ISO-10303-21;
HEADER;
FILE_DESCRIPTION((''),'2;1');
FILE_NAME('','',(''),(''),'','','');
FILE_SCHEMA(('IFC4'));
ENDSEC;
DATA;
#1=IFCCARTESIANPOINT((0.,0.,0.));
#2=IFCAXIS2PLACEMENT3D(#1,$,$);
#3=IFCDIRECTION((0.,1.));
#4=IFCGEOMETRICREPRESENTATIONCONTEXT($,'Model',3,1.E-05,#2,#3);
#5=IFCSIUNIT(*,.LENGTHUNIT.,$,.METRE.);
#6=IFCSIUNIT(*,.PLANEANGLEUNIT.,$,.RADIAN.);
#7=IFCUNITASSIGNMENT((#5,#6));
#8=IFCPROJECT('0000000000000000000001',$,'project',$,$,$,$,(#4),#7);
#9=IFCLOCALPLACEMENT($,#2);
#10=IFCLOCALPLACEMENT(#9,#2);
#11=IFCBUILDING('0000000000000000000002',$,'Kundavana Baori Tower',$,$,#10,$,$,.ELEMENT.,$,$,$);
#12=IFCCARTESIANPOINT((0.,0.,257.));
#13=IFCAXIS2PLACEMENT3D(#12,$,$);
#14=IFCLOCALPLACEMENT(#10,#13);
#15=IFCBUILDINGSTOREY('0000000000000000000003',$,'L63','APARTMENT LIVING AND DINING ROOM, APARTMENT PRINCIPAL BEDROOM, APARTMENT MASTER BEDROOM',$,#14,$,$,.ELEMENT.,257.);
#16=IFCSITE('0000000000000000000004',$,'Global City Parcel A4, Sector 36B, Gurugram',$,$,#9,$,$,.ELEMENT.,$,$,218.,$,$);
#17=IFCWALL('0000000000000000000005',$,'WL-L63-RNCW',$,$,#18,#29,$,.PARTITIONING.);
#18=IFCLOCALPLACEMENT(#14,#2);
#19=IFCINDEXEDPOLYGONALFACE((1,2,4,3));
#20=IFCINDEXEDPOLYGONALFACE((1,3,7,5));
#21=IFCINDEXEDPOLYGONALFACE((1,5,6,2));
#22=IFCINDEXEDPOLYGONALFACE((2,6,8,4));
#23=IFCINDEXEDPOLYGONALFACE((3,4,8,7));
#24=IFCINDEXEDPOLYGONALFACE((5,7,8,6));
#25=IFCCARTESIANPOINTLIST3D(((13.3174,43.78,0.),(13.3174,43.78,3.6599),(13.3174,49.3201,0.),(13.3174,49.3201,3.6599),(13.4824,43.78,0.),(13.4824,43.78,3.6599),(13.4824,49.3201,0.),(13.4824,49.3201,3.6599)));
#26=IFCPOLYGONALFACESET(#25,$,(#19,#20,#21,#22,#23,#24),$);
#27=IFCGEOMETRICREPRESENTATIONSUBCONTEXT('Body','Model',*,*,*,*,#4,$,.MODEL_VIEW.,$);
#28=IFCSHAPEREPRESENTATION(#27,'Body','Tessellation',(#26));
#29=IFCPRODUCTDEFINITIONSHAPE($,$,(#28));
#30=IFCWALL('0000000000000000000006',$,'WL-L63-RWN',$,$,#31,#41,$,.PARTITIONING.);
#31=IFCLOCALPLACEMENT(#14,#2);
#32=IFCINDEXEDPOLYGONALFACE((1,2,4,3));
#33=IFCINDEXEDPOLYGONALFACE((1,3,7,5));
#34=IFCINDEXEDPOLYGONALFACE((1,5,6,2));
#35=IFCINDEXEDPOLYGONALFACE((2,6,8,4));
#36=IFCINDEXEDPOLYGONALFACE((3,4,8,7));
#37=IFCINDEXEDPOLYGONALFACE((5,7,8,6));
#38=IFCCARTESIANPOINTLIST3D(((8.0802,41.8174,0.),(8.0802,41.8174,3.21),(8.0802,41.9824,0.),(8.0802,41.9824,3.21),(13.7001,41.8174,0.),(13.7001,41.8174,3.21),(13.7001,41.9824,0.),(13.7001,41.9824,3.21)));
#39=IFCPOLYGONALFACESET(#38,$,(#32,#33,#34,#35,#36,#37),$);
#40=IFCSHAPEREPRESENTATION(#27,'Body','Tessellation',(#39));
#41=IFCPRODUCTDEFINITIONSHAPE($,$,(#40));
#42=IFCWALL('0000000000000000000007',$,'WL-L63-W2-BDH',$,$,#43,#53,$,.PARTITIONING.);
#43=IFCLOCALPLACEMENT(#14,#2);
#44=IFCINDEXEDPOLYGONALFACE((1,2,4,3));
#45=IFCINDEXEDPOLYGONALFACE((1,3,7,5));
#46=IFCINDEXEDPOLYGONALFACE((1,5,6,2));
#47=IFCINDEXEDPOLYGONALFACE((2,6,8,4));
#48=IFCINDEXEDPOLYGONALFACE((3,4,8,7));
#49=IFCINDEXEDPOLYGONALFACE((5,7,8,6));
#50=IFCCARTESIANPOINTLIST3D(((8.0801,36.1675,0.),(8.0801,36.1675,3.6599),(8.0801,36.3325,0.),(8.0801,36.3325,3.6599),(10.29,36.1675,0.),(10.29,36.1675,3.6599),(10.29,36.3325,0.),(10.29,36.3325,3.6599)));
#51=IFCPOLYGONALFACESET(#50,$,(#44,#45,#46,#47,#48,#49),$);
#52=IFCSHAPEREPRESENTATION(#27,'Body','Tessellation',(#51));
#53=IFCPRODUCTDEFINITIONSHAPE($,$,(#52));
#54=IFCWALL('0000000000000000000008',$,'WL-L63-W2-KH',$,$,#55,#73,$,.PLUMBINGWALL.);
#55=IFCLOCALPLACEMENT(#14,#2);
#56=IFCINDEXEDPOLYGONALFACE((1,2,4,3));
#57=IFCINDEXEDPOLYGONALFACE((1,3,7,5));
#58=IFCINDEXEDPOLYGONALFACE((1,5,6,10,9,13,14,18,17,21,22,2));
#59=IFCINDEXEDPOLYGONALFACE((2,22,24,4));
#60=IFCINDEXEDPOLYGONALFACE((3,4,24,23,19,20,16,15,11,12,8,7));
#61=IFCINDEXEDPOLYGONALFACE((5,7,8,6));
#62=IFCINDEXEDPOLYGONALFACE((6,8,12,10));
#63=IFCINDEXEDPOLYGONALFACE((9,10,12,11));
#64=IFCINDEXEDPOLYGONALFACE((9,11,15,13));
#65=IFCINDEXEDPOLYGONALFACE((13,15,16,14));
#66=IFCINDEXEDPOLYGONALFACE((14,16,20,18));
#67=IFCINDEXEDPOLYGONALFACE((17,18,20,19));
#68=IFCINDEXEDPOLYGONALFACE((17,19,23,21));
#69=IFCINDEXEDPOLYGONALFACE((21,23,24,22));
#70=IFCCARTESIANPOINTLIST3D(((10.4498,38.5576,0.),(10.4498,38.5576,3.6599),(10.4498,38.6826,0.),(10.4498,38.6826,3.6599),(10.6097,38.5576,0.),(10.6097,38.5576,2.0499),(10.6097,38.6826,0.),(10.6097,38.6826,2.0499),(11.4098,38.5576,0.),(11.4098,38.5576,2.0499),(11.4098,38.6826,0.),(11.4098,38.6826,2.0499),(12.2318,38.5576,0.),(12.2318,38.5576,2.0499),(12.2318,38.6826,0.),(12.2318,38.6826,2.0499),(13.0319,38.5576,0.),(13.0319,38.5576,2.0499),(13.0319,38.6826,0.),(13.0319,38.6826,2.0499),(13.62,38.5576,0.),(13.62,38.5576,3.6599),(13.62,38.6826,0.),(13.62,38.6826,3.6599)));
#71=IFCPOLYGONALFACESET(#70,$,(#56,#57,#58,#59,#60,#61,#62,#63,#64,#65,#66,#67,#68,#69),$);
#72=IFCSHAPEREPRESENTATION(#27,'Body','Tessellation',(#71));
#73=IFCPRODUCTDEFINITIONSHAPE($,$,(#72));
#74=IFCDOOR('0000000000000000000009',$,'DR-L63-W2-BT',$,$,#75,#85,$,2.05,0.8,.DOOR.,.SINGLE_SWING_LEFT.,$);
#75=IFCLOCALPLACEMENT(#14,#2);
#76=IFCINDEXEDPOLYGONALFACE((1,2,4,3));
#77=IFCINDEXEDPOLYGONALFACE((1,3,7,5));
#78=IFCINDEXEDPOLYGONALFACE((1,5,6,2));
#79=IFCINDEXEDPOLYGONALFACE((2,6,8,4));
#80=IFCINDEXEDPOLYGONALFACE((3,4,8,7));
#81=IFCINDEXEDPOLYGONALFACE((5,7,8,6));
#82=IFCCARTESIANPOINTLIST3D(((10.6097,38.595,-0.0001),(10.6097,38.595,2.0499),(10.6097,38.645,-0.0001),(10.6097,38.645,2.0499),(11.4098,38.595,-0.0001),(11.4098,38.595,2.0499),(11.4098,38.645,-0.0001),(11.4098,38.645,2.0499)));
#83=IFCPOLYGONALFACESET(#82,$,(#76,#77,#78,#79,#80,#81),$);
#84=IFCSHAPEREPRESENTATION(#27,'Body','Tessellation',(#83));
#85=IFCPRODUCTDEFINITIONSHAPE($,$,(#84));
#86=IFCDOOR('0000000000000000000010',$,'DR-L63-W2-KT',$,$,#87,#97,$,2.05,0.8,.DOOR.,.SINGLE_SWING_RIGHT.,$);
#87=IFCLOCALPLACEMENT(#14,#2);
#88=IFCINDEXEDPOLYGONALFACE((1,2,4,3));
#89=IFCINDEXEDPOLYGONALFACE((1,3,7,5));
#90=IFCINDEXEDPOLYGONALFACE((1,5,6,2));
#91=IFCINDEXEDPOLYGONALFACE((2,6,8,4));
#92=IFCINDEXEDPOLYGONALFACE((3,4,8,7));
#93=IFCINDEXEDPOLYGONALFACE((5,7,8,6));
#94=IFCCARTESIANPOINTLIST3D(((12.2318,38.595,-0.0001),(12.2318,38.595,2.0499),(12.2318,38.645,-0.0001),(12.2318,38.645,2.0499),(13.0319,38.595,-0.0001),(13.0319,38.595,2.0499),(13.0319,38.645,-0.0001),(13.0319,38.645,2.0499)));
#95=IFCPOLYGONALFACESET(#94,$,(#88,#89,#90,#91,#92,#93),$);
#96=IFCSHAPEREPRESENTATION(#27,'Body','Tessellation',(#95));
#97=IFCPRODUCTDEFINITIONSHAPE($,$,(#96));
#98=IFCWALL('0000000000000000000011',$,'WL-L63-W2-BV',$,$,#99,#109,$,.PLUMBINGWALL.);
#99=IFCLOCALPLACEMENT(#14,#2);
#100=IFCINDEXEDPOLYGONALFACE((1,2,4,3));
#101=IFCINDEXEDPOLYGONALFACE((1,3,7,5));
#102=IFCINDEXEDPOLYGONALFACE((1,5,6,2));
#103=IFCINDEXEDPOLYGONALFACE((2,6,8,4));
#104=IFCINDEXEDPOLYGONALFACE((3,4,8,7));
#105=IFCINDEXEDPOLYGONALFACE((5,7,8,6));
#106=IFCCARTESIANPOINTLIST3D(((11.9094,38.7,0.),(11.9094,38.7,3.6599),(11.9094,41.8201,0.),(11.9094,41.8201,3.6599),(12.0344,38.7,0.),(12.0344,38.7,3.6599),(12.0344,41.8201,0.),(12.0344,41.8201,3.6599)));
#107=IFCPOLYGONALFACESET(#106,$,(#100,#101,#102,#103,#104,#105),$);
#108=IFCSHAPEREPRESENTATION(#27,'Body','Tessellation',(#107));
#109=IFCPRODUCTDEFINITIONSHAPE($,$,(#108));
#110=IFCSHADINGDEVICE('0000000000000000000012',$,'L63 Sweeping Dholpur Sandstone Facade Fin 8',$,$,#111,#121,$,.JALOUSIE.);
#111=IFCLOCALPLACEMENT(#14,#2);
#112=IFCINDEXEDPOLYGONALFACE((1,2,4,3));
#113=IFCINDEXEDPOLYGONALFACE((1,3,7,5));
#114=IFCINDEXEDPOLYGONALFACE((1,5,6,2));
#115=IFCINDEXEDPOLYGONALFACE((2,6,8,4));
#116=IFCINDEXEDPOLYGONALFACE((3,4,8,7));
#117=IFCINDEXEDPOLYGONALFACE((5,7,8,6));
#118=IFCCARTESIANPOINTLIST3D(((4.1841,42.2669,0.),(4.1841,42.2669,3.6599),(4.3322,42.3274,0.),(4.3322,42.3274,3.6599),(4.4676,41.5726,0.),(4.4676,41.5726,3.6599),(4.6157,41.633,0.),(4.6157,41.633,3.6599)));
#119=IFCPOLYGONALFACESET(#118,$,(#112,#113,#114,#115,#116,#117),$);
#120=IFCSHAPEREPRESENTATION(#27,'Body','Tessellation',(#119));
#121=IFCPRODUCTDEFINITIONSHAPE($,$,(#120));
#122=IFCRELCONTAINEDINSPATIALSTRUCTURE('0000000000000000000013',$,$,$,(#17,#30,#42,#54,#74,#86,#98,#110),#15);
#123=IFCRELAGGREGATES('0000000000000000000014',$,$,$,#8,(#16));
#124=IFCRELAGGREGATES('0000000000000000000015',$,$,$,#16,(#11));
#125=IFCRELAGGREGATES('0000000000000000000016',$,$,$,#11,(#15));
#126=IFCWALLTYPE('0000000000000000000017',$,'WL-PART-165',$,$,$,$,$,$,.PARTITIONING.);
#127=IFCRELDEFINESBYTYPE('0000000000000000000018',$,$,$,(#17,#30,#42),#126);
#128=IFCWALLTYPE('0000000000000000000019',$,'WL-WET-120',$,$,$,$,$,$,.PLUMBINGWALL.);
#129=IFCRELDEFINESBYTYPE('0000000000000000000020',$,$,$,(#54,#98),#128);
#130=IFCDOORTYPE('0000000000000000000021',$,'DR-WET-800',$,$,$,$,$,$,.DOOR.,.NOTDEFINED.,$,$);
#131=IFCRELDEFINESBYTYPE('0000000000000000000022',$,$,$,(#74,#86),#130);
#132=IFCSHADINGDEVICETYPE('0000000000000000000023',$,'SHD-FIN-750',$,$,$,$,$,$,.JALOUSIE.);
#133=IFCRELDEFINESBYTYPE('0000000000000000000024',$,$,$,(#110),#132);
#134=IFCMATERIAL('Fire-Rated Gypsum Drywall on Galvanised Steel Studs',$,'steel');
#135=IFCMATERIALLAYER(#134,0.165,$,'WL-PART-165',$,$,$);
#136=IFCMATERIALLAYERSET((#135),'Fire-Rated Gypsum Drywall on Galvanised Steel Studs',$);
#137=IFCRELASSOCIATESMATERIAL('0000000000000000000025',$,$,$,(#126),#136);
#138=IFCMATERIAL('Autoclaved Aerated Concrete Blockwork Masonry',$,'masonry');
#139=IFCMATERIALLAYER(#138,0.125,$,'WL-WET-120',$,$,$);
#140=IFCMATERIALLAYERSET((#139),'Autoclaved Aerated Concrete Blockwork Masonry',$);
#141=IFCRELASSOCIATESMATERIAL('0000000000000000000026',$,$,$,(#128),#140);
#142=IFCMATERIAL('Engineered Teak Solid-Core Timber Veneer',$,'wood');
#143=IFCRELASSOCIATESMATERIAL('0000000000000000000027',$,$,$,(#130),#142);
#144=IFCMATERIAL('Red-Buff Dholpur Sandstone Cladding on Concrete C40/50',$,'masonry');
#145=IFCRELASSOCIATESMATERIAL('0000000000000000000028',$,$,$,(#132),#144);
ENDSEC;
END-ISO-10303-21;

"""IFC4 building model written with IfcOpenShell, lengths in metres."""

from ifc_helpers import new_model, si_unit, direction, frame, frame_2d, origin, origin_2d, place, context, subcontext, project, spatial, rectangle, extrude, material, layer, layer_set, type_object, element, fill, save


model = new_model("IFC4")

# Units and contexts
model_context = context("Model", 3, precision=1e-05, world=origin(), true_north=direction((0.0, 1.0)))
body_context = subcontext(model_context, "Body", "Model", "MODEL_VIEW")
ifc_project = project(units=[si_unit("LENGTHUNIT", "METRE"), si_unit("PLANEANGLEUNIT", "RADIAN")], contexts=[model_context])

# Site, building, storey
site_placement = place(None, origin())
site = spatial("IfcSite", under=ifc_project, at=site_placement, Name="Global City Parcel A4, Sector 36B, Gurugram", CompositionType="ELEMENT", RefElevation=218.0)
building_placement = place(site_placement, origin())
building = spatial("IfcBuilding", under=site, at=building_placement, Name="Kundavana Baori Tower", CompositionType="ELEMENT")
storey_placement = place(building_placement, frame((0.0, 0.0, 257.0)))
storey = spatial("IfcBuildingStorey", under=building, at=storey_placement, Name="L63", Description="APARTMENT LIVING AND DINING ROOM, APARTMENT PRINCIPAL BEDROOM, APARTMENT MASTER BEDROOM", CompositionType="ELEMENT", Elevation=257.0)

# Shared definitions
ifc_material_1 = material(Name="Fire-Rated Gypsum Drywall on Galvanised Steel Studs", Category="steel")
ifc_layer_1 = layer(ifc_material_1, 0.165, Name="WL-PART-165")
ifc_layer_set_1 = layer_set([ifc_layer_1], Name="Fire-Rated Gypsum Drywall on Galvanised Steel Studs")
wall_type_1 = type_object("IfcWallType", Name="WL-PART-165", PredefinedType="PARTITIONING", material=ifc_layer_set_1)

# Walls
wall_1_placement = place(storey_placement, frame((13.3999, 43.78, 0.0), z_axis=(0.0, 0.0, 1.0), x_axis=(0.0, 1.0, 0.0)))
element("IfcWall", 1, at=wall_1_placement, inside=storey, type_object=wall_type_1, Name="WL-L63-RNCW", PredefinedType="PARTITIONING", context=body_context, shape_type="SweptSolid", body=[
    extrude(rectangle(XDim=5.54, YDim=0.165, at=frame_2d((2.77, 0.0))), origin(), (0.0, 0.0, 1.0), 3.6599),
])
wall_2_placement = place(storey_placement, frame((8.0801, 41.8999, 0.0), z_axis=(0.0, 0.0, 1.0), x_axis=(1.0, 0.0, 0.0)))
element("IfcWall", 2, at=wall_2_placement, inside=storey, type_object=wall_type_1, Name="WL-L63-RWN", PredefinedType="PARTITIONING", context=body_context, shape_type="SweptSolid", body=[
    extrude(rectangle(XDim=5.6199, YDim=0.165, at=frame_2d((2.8101, 0.0))), origin(), (0.0, 0.0, 1.0), 3.21),
])
wall_3_placement = place(storey_placement, frame((8.0801, 36.25, 0.0), z_axis=(0.0, 0.0, 1.0), x_axis=(1.0, 0.0, 0.0)))
element("IfcWall", 3, at=wall_3_placement, inside=storey, type_object=wall_type_1, Name="WL-L63-W2-BDH", PredefinedType="PARTITIONING", context=body_context, shape_type="SweptSolid", body=[
    extrude(rectangle(XDim=2.21, YDim=0.165, at=frame_2d((1.105, 0.0))), origin(), (0.0, 0.0, 1.0), 3.6599),
])

# Wall, openings, doors
ifc_material_2 = material(Name="Autoclaved Aerated Concrete Blockwork Masonry", Category="masonry")
ifc_layer_2 = layer(ifc_material_2, 0.125, Name="WL-WET-120")
ifc_layer_set_2 = layer_set([ifc_layer_2], Name="Autoclaved Aerated Concrete Blockwork Masonry")
wall_type_2 = type_object("IfcWallType", Name="WL-WET-120", PredefinedType="PLUMBINGWALL", material=ifc_layer_set_2)
wall_4_placement = place(storey_placement, frame((10.45, 38.6201, 0.0), z_axis=(0.0, 0.0, 1.0), x_axis=(1.0, 0.0, 0.0)))
wall_4 = element("IfcWall", 4, at=wall_4_placement, inside=storey, type_object=wall_type_2, Name="WL-L63-W2-KH", PredefinedType="PLUMBINGWALL", context=body_context, shape_type="SweptSolid", body=[
    extrude(rectangle(XDim=3.1702, YDim=0.125, at=frame_2d((1.585, 0.0))), origin(), (0.0, 0.0, 1.0), 3.6599),
])
opening_1_placement = place(wall_4_placement, frame((0.1599, 0.0, 0.0)))
opening_1 = element("IfcOpeningElement", 5, at=opening_1_placement, cuts=wall_4, PredefinedType="OPENING", context=body_context, shape_type="SweptSolid", body=[
    extrude(rectangle(XDim=0.8, YDim=2.05, at=frame_2d((0.3999, 1.0249))), frame((0.0, 0.0725, 0.0), z_axis=(0.0, -1.0, 0.0), x_axis=(1.0, 0.0, 0.0)), (0.0, 0.0, 1.0), 0.145),
])
opening_2_placement = place(wall_4_placement, frame((1.782, 0.0, 0.0)))
opening_2 = element("IfcOpeningElement", 6, at=opening_2_placement, cuts=wall_4, PredefinedType="OPENING", context=body_context, shape_type="SweptSolid", body=[
    extrude(rectangle(XDim=0.8, YDim=2.05, at=frame_2d((0.3999, 1.0249))), frame((0.0, 0.0725, 0.0), z_axis=(0.0, -1.0, 0.0), x_axis=(1.0, 0.0, 0.0)), (0.0, 0.0, 1.0), 0.145),
])
ifc_material_3 = material(Name="Engineered Teak Solid-Core Timber Veneer", Category="wood")
door_type_1 = type_object("IfcDoorType", Name="DR-WET-800", OperationType="NOTDEFINED", PredefinedType="DOOR", material=ifc_material_3)
door_1_placement = place(opening_1_placement, origin())
door_1 = element("IfcDoor", 7, at=door_1_placement, inside=storey, type_object=door_type_1, Name="DR-L63-W2-BT", OperationType="SINGLE_SWING_LEFT", OverallHeight=2.05, OverallWidth=0.8, PredefinedType="DOOR", context=body_context, shape_type="SweptSolid", body=[
    extrude(rectangle(XDim=0.8, YDim=2.05, at=frame_2d((0.3999, 1.0249))), frame((0.0, 0.0249, 0.0), z_axis=(0.0, -1.0, 0.0), x_axis=(1.0, 0.0, 0.0)), (0.0, 0.0, 1.0), 0.05),
])
fill(opening_1, door_1)
door_2_placement = place(opening_2_placement, origin())
door_2 = element("IfcDoor", 8, at=door_2_placement, inside=storey, type_object=door_type_1, Name="DR-L63-W2-KT", OperationType="SINGLE_SWING_RIGHT", OverallHeight=2.05, OverallWidth=0.8, PredefinedType="DOOR", context=body_context, shape_type="SweptSolid", body=[
    extrude(rectangle(XDim=0.8, YDim=2.05, at=frame_2d((0.3999, 1.0249))), frame((0.0, 0.0249, 0.0), z_axis=(0.0, -1.0, 0.0), x_axis=(1.0, 0.0, 0.0)), (0.0, 0.0, 1.0), 0.05),
])
fill(opening_2, door_2)

# Wall
wall_5_placement = place(storey_placement, frame((11.9719, 38.7, 0.0), z_axis=(0.0, 0.0, 1.0), x_axis=(0.0, 1.0, 0.0)))
element("IfcWall", 9, at=wall_5_placement, inside=storey, type_object=wall_type_2, Name="WL-L63-W2-BV", PredefinedType="PLUMBINGWALL", context=body_context, shape_type="SweptSolid", body=[
    extrude(rectangle(XDim=3.1201, YDim=0.125, at=frame_2d((1.5601, 0.0))), origin(), (0.0, 0.0, 1.0), 3.6599),
])

# Shading device
ifc_material_4 = material(Name="Red-Buff Dholpur Sandstone Cladding on Concrete C40/50", Category="masonry")
shading_device_type = type_object("IfcShadingDeviceType", Name="SHD-FIN-750", PredefinedType="JALOUSIE", material=ifc_material_4)
shading_device_placement = place(storey_placement, frame((4.3999, 41.95, 0.0), z_axis=(0.0, 0.0, 1.0), x_axis=(0.925805, 0.378002, 0.0)))
element("IfcShadingDevice", 10, at=shading_device_placement, inside=storey, type_object=shading_device_type, Name="L63 Sweeping Dholpur Sandstone Facade Fin 8", PredefinedType="JALOUSIE", context=body_context, shape_type="SweptSolid", body=[
    extrude(rectangle(XDim=0.1599, YDim=0.75, at=origin_2d()), origin(), (0.0, 0.0, 1.0), 3.6599),
])

save(model, "model.ifc")
